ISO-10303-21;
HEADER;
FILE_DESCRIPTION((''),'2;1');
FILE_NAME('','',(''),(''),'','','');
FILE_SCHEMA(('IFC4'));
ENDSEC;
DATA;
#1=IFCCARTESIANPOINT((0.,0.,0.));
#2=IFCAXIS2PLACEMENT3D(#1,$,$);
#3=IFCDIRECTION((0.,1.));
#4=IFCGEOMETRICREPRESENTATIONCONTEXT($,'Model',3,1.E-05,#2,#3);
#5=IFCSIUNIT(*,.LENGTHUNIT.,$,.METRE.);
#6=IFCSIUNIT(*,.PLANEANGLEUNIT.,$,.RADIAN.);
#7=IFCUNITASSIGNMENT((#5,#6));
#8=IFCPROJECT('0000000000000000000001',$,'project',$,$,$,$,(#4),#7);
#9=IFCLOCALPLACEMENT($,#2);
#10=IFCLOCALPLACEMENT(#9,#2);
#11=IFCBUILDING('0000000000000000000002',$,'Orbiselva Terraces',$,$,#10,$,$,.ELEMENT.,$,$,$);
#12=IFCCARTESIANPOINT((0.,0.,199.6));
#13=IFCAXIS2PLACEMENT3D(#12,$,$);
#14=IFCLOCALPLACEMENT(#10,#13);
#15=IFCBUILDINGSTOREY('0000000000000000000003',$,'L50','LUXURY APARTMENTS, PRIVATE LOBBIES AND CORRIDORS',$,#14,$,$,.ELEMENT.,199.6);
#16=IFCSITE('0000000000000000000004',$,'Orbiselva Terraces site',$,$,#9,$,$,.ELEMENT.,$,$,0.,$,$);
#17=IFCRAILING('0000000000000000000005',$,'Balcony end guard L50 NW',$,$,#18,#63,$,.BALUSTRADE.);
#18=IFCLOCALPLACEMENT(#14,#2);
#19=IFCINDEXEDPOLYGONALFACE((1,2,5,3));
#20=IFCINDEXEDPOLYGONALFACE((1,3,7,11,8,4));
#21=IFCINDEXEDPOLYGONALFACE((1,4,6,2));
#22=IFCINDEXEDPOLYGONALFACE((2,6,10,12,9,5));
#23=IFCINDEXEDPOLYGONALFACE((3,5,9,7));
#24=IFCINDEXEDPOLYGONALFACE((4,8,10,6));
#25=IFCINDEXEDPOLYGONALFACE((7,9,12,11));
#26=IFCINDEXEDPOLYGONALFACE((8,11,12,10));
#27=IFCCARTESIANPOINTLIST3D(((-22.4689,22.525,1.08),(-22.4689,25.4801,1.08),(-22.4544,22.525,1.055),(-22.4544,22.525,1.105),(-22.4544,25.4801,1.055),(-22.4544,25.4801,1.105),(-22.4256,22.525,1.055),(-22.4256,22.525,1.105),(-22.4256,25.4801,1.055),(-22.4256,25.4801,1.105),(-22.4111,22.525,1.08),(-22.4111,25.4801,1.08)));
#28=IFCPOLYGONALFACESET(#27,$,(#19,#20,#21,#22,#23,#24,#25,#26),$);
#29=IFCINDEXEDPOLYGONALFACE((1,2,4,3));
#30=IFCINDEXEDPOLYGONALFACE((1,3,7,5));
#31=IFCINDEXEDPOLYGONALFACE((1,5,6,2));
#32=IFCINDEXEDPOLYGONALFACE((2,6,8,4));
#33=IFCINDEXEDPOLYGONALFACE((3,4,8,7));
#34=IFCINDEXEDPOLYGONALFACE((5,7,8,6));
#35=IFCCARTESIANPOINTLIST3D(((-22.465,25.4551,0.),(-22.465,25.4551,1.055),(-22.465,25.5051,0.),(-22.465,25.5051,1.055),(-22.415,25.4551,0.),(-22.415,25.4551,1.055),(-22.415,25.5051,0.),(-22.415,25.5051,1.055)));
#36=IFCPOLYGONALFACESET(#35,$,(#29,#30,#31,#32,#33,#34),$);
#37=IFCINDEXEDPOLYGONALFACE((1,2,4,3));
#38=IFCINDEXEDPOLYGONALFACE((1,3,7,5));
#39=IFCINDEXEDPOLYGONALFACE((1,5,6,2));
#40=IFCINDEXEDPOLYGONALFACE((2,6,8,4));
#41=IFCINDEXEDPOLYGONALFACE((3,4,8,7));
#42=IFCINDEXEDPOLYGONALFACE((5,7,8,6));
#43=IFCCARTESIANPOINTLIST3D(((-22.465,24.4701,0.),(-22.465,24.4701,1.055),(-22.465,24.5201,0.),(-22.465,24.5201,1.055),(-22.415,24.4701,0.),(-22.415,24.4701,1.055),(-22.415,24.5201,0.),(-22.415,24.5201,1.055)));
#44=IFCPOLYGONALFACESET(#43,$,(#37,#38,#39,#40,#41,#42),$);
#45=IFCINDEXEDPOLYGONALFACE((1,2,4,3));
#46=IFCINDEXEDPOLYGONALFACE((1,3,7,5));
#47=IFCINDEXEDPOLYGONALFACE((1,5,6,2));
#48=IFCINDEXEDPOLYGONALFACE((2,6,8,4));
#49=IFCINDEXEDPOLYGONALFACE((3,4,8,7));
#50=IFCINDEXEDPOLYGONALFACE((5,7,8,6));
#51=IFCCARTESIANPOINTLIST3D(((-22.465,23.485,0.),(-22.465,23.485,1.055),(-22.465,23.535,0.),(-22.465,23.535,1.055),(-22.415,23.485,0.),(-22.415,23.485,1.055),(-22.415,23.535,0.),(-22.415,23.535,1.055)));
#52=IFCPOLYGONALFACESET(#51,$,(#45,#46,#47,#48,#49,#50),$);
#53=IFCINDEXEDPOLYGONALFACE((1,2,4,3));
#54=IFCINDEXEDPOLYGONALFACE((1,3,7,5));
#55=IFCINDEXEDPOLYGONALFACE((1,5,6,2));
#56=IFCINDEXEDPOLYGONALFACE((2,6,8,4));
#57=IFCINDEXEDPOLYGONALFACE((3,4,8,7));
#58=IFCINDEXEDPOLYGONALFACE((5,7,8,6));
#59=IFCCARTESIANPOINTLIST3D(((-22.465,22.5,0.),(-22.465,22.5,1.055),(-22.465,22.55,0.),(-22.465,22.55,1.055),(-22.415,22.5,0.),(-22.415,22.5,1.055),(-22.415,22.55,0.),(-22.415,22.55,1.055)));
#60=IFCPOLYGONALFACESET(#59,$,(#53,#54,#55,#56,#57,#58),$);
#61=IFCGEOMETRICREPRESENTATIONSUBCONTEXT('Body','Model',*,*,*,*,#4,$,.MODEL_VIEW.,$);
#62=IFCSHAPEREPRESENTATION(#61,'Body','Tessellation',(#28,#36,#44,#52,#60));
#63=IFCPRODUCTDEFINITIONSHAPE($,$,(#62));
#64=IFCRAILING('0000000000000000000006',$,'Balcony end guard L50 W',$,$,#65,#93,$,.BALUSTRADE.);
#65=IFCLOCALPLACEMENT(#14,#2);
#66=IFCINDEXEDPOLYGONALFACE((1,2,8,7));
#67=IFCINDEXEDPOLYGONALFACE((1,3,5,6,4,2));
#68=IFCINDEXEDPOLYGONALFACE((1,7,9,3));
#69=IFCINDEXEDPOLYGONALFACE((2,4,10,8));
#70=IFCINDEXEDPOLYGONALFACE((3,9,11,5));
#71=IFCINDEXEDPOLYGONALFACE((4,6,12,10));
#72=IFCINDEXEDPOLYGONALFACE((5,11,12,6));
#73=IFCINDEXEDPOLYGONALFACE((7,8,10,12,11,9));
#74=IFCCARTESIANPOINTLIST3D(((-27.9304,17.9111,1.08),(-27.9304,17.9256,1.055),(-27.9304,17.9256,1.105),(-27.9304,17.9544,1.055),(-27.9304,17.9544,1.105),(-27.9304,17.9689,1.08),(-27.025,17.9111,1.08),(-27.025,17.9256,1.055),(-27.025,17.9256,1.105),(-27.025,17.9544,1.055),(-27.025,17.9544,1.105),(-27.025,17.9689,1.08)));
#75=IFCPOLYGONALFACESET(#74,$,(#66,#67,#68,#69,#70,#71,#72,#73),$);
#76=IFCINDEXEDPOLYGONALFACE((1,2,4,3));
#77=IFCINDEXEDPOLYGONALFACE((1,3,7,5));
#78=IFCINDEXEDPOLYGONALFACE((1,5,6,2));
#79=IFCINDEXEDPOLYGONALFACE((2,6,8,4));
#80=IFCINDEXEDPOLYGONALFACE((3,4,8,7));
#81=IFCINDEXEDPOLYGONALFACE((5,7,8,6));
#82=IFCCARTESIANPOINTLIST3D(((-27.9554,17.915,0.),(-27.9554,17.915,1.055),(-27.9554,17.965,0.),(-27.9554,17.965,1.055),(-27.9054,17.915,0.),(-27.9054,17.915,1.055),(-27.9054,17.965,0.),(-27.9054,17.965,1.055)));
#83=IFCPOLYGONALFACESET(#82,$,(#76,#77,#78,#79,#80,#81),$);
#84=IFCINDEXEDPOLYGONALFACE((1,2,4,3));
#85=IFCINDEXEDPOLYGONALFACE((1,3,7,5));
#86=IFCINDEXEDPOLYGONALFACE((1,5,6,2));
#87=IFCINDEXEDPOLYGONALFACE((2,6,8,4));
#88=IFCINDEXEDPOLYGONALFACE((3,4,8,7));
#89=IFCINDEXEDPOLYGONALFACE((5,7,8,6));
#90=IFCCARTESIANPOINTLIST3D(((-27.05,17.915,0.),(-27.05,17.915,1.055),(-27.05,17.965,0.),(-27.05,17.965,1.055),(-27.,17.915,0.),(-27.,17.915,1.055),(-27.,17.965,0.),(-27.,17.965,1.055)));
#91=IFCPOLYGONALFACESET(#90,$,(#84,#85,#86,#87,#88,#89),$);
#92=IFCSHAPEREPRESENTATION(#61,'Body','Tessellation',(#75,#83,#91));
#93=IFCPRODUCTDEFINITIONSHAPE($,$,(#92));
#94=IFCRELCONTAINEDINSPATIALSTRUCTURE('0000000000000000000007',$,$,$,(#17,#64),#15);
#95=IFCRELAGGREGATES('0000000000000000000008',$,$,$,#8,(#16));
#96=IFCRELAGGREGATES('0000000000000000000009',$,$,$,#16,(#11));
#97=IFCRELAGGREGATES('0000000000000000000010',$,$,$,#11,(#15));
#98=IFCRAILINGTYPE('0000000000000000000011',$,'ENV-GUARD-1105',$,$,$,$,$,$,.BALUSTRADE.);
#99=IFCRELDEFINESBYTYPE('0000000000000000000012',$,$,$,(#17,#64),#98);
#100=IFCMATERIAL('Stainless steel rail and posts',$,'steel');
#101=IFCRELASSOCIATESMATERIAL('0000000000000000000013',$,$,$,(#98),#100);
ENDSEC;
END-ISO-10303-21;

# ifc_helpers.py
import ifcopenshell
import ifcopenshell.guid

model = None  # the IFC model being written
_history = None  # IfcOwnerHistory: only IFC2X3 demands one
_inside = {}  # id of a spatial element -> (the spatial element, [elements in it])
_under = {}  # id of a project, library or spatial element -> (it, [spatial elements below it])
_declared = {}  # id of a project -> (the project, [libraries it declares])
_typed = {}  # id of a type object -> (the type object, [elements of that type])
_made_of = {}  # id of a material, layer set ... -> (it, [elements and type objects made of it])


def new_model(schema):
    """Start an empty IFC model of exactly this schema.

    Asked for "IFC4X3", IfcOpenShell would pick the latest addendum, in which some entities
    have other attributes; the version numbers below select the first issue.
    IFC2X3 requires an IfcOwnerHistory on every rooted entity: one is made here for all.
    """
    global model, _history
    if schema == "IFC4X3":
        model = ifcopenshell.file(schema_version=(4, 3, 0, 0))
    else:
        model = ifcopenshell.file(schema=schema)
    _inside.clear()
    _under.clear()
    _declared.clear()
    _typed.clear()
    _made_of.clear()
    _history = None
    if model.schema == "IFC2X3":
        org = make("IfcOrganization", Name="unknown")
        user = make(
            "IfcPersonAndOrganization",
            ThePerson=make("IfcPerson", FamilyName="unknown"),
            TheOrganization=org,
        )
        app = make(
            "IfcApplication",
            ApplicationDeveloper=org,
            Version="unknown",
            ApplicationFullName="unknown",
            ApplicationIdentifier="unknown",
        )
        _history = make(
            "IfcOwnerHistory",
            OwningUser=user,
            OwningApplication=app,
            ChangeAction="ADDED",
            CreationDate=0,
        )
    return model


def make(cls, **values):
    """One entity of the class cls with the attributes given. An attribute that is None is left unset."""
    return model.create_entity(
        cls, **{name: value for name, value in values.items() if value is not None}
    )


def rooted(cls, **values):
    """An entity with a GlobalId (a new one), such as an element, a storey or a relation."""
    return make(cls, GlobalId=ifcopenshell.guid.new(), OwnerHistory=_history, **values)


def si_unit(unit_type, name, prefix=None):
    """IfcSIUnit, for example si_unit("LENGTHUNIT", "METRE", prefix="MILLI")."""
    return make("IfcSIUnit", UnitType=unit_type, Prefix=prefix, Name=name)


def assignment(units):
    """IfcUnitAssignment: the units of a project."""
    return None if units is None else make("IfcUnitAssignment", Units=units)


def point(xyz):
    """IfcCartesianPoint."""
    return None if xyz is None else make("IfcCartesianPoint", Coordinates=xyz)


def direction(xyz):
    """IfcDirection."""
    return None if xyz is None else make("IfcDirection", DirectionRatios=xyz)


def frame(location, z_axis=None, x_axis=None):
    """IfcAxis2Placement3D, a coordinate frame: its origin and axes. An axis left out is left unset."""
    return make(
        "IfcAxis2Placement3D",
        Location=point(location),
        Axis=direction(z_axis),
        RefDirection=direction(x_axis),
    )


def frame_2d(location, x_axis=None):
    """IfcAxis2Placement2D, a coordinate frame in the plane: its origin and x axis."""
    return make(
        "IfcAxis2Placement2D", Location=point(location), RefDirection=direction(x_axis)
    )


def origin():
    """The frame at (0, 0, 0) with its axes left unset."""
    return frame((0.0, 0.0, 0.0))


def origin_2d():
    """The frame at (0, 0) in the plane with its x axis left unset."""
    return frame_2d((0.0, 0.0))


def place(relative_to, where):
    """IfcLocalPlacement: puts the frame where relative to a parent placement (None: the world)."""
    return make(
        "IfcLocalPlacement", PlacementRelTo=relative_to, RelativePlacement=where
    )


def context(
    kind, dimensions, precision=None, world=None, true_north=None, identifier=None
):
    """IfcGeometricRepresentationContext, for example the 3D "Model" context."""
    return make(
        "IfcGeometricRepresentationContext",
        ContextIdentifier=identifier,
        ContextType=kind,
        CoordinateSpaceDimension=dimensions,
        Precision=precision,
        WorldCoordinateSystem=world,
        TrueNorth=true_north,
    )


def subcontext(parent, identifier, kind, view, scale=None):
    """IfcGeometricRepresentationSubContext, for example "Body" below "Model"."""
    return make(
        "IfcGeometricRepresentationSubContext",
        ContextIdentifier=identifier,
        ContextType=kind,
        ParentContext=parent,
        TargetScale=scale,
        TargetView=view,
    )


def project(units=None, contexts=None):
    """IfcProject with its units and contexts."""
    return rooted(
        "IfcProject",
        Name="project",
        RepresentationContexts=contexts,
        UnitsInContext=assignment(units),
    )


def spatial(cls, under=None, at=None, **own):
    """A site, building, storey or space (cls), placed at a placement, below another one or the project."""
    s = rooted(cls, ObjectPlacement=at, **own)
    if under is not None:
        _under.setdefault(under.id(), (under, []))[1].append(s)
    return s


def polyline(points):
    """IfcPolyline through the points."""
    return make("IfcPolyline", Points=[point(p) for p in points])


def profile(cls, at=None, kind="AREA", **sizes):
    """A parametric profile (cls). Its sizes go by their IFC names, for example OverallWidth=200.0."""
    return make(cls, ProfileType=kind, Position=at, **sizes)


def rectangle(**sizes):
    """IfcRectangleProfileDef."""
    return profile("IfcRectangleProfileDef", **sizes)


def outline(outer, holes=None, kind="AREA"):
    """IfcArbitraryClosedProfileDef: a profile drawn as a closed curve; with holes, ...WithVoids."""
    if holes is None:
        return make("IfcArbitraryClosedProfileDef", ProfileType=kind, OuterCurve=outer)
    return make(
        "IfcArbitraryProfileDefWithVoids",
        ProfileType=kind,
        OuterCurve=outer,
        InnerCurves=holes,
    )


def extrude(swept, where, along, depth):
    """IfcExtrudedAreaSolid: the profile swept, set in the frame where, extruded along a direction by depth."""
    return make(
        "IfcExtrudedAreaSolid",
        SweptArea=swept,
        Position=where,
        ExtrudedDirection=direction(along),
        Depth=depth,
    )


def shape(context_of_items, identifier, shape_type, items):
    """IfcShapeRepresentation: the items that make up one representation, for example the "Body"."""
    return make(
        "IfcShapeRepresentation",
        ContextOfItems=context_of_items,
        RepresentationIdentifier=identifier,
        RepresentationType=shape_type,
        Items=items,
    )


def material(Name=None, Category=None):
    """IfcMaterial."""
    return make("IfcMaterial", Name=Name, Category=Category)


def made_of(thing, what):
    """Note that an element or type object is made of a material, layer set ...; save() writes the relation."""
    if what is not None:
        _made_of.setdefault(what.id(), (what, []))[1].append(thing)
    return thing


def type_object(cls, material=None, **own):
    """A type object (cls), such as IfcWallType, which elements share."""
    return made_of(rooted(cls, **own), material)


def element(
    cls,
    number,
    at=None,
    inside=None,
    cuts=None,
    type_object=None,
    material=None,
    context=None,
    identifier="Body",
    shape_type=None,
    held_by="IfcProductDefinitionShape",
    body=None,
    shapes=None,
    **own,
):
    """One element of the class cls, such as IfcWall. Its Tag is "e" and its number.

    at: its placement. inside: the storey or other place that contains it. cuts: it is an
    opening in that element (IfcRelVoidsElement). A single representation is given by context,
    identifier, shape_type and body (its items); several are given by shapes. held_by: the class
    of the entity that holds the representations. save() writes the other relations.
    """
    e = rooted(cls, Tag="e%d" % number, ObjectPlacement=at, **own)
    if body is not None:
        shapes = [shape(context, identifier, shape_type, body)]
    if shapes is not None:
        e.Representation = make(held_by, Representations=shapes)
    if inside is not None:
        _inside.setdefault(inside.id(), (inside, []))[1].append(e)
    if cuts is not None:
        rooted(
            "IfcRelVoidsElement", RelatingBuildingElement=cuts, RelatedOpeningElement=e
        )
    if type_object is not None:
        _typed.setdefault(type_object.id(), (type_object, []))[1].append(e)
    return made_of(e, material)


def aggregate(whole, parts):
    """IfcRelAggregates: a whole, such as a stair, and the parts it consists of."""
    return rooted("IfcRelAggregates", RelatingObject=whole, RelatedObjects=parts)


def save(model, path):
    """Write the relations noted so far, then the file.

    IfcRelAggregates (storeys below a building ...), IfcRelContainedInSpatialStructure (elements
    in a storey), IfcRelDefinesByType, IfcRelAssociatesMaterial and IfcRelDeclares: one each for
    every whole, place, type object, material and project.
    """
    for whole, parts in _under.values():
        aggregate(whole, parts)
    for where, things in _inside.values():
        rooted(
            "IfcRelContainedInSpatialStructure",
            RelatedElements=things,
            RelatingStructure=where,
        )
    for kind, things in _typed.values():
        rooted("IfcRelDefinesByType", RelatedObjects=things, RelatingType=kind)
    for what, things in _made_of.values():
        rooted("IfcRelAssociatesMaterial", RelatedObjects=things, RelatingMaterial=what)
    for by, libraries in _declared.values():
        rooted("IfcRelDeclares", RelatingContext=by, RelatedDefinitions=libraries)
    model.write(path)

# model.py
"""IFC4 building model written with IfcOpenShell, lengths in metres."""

from ifc_helpers import new_model, si_unit, direction, frame, origin, origin_2d, place, context, subcontext, project, spatial, polyline, rectangle, outline, extrude, material, type_object, element, save


model = new_model("IFC4")

# Units and contexts
model_context = context("Model", 3, precision=1e-05, world=origin(), true_north=direction((0.0, 1.0)))
body_context = subcontext(model_context, "Body", "Model", "MODEL_VIEW")
ifc_project = project(units=[si_unit("LENGTHUNIT", "METRE"), si_unit("PLANEANGLEUNIT", "RADIAN")], contexts=[model_context])

# Site, building, storey
site_placement = place(None, origin())
site = spatial("IfcSite", under=ifc_project, at=site_placement, Name="Orbiselva Terraces site", CompositionType="ELEMENT", RefElevation=0.0)
building_placement = place(site_placement, origin())
building = spatial("IfcBuilding", under=site, at=building_placement, Name="Orbiselva Terraces", CompositionType="ELEMENT")
storey_placement = place(building_placement, frame((0.0, 0.0, 199.6)))
storey = spatial("IfcBuildingStorey", under=building, at=storey_placement, Name="L50", Description="LUXURY APARTMENTS, PRIVATE LOBBIES AND CORRIDORS", CompositionType="ELEMENT", Elevation=199.6)

# Railings
ifc_material_1 = material(Name="Stainless steel rail and posts", Category="steel")
railing_type_1 = type_object("IfcRailingType", Name="ENV-GUARD-1105", PredefinedType="BALUSTRADE", material=ifc_material_1)
railing_1_placement = place(storey_placement, frame((-22.44, 25.4801, 0.0)))
element("IfcRailing", 1, at=railing_1_placement, inside=storey, type_object=railing_type_1, Name="Balcony end guard L50 NW", PredefinedType="BALUSTRADE", context=body_context, shape_type="SweptSolid", body=[
    extrude(outline(polyline([(0.0289, 0.0), (0.0144, 0.025), (-0.0144, 0.025), (-0.0289, 0.0), (-0.0144, -0.025), (0.0144, -0.025), (0.0289, 0.0)])), frame((0.0, 0.0, 1.08), z_axis=(0.0, -1.0, 0.0), x_axis=(1.0, 0.0, 0.0)), (0.0, 0.0, 1.0), 2.9551),
    extrude(rectangle(XDim=0.05, YDim=0.05, at=origin_2d()), origin(), (0.0, 0.0, 1.0), 1.055),
    extrude(rectangle(XDim=0.05, YDim=0.05, at=origin_2d()), frame((0.0, -0.985, 0.0)), (0.0, 0.0, 1.0), 1.055),
    extrude(rectangle(XDim=0.05, YDim=0.05, at=origin_2d()), frame((0.0, -1.9701, 0.0)), (0.0, 0.0, 1.0), 1.055),
    extrude(rectangle(XDim=0.05, YDim=0.05, at=origin_2d()), frame((0.0, -2.9551, 0.0)), (0.0, 0.0, 1.0), 1.055),
])
railing_2_placement = place(storey_placement, frame((-27.9304, 17.94, 0.0)))
element("IfcRailing", 2, at=railing_2_placement, inside=storey, type_object=railing_type_1, Name="Balcony end guard L50 W", PredefinedType="BALUSTRADE", context=body_context, shape_type="SweptSolid", body=[
    extrude(outline(polyline([(0.0289, 0.0), (0.0144, 0.025), (-0.0144, 0.025), (-0.0289, 0.0), (-0.0144, -0.025), (0.0144, -0.025), (0.0289, 0.0)])), frame((0.0, 0.0, 1.08), z_axis=(1.0, 0.0, 0.0), x_axis=(0.0, 1.0, 0.0)), (0.0, 0.0, 1.0), 0.9054),
    extrude(rectangle(XDim=0.05, YDim=0.05, at=origin_2d()), origin(), (0.0, 0.0, 1.0), 1.055),
    extrude(rectangle(XDim=0.05, YDim=0.05, at=origin_2d()), frame((0.9054, 0.0, 0.0)), (0.0, 0.0, 1.0), 1.055),
])

save(model, "model.ifc")
